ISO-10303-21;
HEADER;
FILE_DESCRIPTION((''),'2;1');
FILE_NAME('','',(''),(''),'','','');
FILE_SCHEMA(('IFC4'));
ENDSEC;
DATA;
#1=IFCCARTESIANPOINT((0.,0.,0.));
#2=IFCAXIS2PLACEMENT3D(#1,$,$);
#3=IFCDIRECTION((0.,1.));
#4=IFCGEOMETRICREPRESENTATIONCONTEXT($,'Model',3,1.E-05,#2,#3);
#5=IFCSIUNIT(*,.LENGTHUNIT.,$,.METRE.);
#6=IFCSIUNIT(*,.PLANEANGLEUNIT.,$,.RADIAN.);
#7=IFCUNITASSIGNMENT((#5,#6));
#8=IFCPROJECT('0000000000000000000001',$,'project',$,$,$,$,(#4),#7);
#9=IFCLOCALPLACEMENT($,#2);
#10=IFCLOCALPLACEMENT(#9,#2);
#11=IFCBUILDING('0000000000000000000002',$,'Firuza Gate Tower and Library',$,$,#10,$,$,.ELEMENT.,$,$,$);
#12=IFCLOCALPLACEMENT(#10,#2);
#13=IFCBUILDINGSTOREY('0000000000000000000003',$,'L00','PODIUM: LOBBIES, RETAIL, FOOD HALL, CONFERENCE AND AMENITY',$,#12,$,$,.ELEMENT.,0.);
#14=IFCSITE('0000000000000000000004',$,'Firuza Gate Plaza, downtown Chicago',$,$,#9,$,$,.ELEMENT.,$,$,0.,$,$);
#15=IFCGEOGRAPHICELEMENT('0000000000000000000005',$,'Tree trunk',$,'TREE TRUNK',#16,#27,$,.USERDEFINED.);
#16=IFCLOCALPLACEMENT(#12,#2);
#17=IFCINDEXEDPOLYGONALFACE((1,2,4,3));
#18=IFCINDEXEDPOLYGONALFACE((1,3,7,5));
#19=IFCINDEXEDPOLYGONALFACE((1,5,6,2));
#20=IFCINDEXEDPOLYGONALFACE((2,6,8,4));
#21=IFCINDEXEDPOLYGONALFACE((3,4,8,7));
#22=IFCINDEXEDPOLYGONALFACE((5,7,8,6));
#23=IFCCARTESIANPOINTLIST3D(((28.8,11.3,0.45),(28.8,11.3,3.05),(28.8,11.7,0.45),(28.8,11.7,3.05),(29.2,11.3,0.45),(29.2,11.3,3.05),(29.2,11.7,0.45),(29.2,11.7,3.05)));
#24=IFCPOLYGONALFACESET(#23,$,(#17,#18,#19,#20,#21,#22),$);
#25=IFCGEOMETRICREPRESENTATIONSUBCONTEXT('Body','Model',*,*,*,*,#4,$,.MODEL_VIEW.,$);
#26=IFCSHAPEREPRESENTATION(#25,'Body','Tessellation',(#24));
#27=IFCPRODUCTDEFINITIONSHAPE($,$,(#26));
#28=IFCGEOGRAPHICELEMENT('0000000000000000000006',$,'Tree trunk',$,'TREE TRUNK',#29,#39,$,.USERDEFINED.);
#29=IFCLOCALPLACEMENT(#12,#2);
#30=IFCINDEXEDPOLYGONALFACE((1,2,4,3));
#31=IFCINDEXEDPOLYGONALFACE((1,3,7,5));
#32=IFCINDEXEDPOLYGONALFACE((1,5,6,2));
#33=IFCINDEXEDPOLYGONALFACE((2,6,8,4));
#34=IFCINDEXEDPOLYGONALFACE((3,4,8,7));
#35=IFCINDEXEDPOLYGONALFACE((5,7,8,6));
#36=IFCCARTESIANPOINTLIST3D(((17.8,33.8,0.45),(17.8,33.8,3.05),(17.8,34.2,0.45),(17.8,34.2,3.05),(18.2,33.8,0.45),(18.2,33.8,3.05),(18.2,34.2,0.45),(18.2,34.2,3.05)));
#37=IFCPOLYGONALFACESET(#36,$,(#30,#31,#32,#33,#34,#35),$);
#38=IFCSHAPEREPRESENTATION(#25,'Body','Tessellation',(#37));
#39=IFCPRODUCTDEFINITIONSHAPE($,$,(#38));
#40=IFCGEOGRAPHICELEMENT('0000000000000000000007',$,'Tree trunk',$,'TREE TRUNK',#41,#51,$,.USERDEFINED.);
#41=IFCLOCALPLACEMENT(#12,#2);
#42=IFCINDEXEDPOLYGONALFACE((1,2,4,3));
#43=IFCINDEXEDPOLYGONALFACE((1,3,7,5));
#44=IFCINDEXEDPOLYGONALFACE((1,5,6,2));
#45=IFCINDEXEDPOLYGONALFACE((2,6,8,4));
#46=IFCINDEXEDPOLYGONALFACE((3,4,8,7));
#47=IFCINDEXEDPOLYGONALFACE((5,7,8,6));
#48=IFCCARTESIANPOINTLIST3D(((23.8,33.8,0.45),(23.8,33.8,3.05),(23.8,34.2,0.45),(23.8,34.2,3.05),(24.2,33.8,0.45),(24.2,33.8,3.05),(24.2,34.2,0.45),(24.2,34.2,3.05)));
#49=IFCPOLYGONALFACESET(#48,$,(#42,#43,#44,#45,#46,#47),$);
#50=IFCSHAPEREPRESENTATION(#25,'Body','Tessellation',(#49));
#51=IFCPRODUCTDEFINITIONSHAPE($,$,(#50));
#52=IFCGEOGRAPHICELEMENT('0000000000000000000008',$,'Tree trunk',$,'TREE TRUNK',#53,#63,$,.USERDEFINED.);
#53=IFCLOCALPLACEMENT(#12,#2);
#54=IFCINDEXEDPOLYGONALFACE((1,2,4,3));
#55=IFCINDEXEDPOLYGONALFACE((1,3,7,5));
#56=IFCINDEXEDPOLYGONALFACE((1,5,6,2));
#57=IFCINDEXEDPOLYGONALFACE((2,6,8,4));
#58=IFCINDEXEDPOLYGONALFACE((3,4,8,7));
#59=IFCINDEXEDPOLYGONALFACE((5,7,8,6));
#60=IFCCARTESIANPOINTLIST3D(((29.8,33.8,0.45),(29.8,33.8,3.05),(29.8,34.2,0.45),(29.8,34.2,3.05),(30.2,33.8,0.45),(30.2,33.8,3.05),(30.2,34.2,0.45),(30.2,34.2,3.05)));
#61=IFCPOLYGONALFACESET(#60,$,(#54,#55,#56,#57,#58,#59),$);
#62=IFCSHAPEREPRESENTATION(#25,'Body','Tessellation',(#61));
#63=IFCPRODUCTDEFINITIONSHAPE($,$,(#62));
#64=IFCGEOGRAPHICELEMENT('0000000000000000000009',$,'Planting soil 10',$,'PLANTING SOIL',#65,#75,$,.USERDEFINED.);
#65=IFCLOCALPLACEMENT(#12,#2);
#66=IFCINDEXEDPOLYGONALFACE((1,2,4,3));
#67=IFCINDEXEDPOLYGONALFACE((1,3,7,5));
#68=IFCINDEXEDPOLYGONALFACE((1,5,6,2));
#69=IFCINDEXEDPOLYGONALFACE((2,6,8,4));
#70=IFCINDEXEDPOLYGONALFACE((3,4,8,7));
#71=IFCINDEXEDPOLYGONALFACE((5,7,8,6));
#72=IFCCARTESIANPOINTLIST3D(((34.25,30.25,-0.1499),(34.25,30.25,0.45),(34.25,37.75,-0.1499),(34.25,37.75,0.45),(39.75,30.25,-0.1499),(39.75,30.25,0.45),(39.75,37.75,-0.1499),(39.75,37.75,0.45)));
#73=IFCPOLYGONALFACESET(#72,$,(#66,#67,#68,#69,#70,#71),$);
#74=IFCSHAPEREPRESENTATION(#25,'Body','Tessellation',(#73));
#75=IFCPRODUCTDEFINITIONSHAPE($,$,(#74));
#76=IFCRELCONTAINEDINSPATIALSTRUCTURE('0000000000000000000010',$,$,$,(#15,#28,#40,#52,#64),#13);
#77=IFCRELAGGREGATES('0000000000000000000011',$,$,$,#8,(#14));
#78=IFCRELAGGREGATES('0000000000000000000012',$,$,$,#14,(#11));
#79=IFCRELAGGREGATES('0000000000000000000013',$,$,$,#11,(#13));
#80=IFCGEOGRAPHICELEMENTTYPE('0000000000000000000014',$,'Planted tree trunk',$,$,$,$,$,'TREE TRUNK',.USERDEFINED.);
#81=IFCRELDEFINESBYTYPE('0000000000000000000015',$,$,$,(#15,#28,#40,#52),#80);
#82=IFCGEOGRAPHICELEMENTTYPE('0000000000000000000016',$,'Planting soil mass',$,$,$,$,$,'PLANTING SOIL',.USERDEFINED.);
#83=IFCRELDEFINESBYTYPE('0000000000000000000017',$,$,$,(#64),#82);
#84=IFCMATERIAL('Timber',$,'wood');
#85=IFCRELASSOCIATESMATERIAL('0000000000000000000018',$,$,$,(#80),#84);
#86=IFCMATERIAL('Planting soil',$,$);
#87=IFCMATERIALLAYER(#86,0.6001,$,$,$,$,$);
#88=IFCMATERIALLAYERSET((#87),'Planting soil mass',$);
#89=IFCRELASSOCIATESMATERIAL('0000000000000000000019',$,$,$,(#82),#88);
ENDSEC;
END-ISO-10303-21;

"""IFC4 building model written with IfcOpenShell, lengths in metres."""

from ifc_helpers import new_model, si_unit, direction, frame, origin, origin_2d, place, context, subcontext, project, spatial, polyline, rectangle, outline, extrude, material, layer, layer_set, type_object, element, save


model = new_model("IFC4")

# Units and contexts
model_context = context("Model", 3, precision=1e-05, world=origin(), true_north=direction((0.0, 1.0)))
body_context = subcontext(model_context, "Body", "Model", "MODEL_VIEW")
ifc_project = project(units=[si_unit("LENGTHUNIT", "METRE"), si_unit("PLANEANGLEUNIT", "RADIAN")], contexts=[model_context])

# Site, building, storey
site_placement = place(None, origin())
site = spatial("IfcSite", under=ifc_project, at=site_placement, Name="Firuza Gate Plaza, downtown Chicago", CompositionType="ELEMENT", RefElevation=0.0)
building_placement = place(site_placement, origin())
building = spatial("IfcBuilding", under=site, at=building_placement, Name="Firuza Gate Tower and Library", CompositionType="ELEMENT")
storey_placement = place(building_placement, origin())
storey = spatial("IfcBuildingStorey", under=building, at=storey_placement, Name="L00", Description="PODIUM: LOBBIES, RETAIL, FOOD HALL, CONFERENCE AND AMENITY", CompositionType="ELEMENT", Elevation=0.0)

# Shared definitions
placement = place(storey_placement, frame((0.0, 0.0, -0.1499)))

# Geographic elements
ifc_material_1 = material(Name="Timber", Category="wood")
geographic_element_type_1 = type_object("IfcGeographicElementType", Name="Planted tree trunk", ElementType="TREE TRUNK", PredefinedType="USERDEFINED", material=ifc_material_1)
for number, where, z_axis, x_axis, name in (
    (1, (29.0, 11.5, 0.45), (0.0, 0.0, 1.0), (1.0, 0.0, 0.0), "Tree trunk"),
    (2, (18.0, 34.0, 0.45), (0.0, 0.0, 1.0), (1.0, 0.0, 0.0), "Tree trunk"),
    (3, (24.0, 34.0, 0.45), (0.0, 0.0, 1.0), (1.0, 0.0, 0.0), "Tree trunk"),
    (4, (30.0, 34.0, 0.45), (0.0, 0.0, 1.0), (1.0, 0.0, 0.0), "Tree trunk"),
):
    element("IfcGeographicElement", number, at=place(storey_placement, frame(where, z_axis=z_axis, x_axis=x_axis)), inside=storey, type_object=geographic_element_type_1, Name=name, ObjectType="TREE TRUNK", PredefinedType="USERDEFINED", context=body_context, shape_type="SweptSolid", body=[
        extrude(rectangle(XDim=0.3999, YDim=0.3999, at=origin_2d()), origin(), (0.0, 0.0, 1.0), 2.6001),
    ])
ifc_material_2 = material(Name="Planting soil")
ifc_layer_1 = layer(ifc_material_2, 0.6001)
ifc_layer_set_1 = layer_set([ifc_layer_1], Name="Planting soil mass")
geographic_element_type_2 = type_object("IfcGeographicElementType", Name="Planting soil mass", ElementType="PLANTING SOIL", PredefinedType="USERDEFINED", material=ifc_layer_set_1)
element("IfcGeographicElement", 5, at=placement, inside=storey, type_object=geographic_element_type_2, Name="Planting soil 10", ObjectType="PLANTING SOIL", PredefinedType="USERDEFINED", context=body_context, shape_type="SweptSolid", body=[
    extrude(outline(polyline([(34.25, 30.25), (39.75, 30.25), (39.75, 37.75), (34.25, 37.75), (34.25, 30.25)])), origin(), (0.0, 0.0, 1.0), 0.5999),
])

save(model, "model.ifc")
